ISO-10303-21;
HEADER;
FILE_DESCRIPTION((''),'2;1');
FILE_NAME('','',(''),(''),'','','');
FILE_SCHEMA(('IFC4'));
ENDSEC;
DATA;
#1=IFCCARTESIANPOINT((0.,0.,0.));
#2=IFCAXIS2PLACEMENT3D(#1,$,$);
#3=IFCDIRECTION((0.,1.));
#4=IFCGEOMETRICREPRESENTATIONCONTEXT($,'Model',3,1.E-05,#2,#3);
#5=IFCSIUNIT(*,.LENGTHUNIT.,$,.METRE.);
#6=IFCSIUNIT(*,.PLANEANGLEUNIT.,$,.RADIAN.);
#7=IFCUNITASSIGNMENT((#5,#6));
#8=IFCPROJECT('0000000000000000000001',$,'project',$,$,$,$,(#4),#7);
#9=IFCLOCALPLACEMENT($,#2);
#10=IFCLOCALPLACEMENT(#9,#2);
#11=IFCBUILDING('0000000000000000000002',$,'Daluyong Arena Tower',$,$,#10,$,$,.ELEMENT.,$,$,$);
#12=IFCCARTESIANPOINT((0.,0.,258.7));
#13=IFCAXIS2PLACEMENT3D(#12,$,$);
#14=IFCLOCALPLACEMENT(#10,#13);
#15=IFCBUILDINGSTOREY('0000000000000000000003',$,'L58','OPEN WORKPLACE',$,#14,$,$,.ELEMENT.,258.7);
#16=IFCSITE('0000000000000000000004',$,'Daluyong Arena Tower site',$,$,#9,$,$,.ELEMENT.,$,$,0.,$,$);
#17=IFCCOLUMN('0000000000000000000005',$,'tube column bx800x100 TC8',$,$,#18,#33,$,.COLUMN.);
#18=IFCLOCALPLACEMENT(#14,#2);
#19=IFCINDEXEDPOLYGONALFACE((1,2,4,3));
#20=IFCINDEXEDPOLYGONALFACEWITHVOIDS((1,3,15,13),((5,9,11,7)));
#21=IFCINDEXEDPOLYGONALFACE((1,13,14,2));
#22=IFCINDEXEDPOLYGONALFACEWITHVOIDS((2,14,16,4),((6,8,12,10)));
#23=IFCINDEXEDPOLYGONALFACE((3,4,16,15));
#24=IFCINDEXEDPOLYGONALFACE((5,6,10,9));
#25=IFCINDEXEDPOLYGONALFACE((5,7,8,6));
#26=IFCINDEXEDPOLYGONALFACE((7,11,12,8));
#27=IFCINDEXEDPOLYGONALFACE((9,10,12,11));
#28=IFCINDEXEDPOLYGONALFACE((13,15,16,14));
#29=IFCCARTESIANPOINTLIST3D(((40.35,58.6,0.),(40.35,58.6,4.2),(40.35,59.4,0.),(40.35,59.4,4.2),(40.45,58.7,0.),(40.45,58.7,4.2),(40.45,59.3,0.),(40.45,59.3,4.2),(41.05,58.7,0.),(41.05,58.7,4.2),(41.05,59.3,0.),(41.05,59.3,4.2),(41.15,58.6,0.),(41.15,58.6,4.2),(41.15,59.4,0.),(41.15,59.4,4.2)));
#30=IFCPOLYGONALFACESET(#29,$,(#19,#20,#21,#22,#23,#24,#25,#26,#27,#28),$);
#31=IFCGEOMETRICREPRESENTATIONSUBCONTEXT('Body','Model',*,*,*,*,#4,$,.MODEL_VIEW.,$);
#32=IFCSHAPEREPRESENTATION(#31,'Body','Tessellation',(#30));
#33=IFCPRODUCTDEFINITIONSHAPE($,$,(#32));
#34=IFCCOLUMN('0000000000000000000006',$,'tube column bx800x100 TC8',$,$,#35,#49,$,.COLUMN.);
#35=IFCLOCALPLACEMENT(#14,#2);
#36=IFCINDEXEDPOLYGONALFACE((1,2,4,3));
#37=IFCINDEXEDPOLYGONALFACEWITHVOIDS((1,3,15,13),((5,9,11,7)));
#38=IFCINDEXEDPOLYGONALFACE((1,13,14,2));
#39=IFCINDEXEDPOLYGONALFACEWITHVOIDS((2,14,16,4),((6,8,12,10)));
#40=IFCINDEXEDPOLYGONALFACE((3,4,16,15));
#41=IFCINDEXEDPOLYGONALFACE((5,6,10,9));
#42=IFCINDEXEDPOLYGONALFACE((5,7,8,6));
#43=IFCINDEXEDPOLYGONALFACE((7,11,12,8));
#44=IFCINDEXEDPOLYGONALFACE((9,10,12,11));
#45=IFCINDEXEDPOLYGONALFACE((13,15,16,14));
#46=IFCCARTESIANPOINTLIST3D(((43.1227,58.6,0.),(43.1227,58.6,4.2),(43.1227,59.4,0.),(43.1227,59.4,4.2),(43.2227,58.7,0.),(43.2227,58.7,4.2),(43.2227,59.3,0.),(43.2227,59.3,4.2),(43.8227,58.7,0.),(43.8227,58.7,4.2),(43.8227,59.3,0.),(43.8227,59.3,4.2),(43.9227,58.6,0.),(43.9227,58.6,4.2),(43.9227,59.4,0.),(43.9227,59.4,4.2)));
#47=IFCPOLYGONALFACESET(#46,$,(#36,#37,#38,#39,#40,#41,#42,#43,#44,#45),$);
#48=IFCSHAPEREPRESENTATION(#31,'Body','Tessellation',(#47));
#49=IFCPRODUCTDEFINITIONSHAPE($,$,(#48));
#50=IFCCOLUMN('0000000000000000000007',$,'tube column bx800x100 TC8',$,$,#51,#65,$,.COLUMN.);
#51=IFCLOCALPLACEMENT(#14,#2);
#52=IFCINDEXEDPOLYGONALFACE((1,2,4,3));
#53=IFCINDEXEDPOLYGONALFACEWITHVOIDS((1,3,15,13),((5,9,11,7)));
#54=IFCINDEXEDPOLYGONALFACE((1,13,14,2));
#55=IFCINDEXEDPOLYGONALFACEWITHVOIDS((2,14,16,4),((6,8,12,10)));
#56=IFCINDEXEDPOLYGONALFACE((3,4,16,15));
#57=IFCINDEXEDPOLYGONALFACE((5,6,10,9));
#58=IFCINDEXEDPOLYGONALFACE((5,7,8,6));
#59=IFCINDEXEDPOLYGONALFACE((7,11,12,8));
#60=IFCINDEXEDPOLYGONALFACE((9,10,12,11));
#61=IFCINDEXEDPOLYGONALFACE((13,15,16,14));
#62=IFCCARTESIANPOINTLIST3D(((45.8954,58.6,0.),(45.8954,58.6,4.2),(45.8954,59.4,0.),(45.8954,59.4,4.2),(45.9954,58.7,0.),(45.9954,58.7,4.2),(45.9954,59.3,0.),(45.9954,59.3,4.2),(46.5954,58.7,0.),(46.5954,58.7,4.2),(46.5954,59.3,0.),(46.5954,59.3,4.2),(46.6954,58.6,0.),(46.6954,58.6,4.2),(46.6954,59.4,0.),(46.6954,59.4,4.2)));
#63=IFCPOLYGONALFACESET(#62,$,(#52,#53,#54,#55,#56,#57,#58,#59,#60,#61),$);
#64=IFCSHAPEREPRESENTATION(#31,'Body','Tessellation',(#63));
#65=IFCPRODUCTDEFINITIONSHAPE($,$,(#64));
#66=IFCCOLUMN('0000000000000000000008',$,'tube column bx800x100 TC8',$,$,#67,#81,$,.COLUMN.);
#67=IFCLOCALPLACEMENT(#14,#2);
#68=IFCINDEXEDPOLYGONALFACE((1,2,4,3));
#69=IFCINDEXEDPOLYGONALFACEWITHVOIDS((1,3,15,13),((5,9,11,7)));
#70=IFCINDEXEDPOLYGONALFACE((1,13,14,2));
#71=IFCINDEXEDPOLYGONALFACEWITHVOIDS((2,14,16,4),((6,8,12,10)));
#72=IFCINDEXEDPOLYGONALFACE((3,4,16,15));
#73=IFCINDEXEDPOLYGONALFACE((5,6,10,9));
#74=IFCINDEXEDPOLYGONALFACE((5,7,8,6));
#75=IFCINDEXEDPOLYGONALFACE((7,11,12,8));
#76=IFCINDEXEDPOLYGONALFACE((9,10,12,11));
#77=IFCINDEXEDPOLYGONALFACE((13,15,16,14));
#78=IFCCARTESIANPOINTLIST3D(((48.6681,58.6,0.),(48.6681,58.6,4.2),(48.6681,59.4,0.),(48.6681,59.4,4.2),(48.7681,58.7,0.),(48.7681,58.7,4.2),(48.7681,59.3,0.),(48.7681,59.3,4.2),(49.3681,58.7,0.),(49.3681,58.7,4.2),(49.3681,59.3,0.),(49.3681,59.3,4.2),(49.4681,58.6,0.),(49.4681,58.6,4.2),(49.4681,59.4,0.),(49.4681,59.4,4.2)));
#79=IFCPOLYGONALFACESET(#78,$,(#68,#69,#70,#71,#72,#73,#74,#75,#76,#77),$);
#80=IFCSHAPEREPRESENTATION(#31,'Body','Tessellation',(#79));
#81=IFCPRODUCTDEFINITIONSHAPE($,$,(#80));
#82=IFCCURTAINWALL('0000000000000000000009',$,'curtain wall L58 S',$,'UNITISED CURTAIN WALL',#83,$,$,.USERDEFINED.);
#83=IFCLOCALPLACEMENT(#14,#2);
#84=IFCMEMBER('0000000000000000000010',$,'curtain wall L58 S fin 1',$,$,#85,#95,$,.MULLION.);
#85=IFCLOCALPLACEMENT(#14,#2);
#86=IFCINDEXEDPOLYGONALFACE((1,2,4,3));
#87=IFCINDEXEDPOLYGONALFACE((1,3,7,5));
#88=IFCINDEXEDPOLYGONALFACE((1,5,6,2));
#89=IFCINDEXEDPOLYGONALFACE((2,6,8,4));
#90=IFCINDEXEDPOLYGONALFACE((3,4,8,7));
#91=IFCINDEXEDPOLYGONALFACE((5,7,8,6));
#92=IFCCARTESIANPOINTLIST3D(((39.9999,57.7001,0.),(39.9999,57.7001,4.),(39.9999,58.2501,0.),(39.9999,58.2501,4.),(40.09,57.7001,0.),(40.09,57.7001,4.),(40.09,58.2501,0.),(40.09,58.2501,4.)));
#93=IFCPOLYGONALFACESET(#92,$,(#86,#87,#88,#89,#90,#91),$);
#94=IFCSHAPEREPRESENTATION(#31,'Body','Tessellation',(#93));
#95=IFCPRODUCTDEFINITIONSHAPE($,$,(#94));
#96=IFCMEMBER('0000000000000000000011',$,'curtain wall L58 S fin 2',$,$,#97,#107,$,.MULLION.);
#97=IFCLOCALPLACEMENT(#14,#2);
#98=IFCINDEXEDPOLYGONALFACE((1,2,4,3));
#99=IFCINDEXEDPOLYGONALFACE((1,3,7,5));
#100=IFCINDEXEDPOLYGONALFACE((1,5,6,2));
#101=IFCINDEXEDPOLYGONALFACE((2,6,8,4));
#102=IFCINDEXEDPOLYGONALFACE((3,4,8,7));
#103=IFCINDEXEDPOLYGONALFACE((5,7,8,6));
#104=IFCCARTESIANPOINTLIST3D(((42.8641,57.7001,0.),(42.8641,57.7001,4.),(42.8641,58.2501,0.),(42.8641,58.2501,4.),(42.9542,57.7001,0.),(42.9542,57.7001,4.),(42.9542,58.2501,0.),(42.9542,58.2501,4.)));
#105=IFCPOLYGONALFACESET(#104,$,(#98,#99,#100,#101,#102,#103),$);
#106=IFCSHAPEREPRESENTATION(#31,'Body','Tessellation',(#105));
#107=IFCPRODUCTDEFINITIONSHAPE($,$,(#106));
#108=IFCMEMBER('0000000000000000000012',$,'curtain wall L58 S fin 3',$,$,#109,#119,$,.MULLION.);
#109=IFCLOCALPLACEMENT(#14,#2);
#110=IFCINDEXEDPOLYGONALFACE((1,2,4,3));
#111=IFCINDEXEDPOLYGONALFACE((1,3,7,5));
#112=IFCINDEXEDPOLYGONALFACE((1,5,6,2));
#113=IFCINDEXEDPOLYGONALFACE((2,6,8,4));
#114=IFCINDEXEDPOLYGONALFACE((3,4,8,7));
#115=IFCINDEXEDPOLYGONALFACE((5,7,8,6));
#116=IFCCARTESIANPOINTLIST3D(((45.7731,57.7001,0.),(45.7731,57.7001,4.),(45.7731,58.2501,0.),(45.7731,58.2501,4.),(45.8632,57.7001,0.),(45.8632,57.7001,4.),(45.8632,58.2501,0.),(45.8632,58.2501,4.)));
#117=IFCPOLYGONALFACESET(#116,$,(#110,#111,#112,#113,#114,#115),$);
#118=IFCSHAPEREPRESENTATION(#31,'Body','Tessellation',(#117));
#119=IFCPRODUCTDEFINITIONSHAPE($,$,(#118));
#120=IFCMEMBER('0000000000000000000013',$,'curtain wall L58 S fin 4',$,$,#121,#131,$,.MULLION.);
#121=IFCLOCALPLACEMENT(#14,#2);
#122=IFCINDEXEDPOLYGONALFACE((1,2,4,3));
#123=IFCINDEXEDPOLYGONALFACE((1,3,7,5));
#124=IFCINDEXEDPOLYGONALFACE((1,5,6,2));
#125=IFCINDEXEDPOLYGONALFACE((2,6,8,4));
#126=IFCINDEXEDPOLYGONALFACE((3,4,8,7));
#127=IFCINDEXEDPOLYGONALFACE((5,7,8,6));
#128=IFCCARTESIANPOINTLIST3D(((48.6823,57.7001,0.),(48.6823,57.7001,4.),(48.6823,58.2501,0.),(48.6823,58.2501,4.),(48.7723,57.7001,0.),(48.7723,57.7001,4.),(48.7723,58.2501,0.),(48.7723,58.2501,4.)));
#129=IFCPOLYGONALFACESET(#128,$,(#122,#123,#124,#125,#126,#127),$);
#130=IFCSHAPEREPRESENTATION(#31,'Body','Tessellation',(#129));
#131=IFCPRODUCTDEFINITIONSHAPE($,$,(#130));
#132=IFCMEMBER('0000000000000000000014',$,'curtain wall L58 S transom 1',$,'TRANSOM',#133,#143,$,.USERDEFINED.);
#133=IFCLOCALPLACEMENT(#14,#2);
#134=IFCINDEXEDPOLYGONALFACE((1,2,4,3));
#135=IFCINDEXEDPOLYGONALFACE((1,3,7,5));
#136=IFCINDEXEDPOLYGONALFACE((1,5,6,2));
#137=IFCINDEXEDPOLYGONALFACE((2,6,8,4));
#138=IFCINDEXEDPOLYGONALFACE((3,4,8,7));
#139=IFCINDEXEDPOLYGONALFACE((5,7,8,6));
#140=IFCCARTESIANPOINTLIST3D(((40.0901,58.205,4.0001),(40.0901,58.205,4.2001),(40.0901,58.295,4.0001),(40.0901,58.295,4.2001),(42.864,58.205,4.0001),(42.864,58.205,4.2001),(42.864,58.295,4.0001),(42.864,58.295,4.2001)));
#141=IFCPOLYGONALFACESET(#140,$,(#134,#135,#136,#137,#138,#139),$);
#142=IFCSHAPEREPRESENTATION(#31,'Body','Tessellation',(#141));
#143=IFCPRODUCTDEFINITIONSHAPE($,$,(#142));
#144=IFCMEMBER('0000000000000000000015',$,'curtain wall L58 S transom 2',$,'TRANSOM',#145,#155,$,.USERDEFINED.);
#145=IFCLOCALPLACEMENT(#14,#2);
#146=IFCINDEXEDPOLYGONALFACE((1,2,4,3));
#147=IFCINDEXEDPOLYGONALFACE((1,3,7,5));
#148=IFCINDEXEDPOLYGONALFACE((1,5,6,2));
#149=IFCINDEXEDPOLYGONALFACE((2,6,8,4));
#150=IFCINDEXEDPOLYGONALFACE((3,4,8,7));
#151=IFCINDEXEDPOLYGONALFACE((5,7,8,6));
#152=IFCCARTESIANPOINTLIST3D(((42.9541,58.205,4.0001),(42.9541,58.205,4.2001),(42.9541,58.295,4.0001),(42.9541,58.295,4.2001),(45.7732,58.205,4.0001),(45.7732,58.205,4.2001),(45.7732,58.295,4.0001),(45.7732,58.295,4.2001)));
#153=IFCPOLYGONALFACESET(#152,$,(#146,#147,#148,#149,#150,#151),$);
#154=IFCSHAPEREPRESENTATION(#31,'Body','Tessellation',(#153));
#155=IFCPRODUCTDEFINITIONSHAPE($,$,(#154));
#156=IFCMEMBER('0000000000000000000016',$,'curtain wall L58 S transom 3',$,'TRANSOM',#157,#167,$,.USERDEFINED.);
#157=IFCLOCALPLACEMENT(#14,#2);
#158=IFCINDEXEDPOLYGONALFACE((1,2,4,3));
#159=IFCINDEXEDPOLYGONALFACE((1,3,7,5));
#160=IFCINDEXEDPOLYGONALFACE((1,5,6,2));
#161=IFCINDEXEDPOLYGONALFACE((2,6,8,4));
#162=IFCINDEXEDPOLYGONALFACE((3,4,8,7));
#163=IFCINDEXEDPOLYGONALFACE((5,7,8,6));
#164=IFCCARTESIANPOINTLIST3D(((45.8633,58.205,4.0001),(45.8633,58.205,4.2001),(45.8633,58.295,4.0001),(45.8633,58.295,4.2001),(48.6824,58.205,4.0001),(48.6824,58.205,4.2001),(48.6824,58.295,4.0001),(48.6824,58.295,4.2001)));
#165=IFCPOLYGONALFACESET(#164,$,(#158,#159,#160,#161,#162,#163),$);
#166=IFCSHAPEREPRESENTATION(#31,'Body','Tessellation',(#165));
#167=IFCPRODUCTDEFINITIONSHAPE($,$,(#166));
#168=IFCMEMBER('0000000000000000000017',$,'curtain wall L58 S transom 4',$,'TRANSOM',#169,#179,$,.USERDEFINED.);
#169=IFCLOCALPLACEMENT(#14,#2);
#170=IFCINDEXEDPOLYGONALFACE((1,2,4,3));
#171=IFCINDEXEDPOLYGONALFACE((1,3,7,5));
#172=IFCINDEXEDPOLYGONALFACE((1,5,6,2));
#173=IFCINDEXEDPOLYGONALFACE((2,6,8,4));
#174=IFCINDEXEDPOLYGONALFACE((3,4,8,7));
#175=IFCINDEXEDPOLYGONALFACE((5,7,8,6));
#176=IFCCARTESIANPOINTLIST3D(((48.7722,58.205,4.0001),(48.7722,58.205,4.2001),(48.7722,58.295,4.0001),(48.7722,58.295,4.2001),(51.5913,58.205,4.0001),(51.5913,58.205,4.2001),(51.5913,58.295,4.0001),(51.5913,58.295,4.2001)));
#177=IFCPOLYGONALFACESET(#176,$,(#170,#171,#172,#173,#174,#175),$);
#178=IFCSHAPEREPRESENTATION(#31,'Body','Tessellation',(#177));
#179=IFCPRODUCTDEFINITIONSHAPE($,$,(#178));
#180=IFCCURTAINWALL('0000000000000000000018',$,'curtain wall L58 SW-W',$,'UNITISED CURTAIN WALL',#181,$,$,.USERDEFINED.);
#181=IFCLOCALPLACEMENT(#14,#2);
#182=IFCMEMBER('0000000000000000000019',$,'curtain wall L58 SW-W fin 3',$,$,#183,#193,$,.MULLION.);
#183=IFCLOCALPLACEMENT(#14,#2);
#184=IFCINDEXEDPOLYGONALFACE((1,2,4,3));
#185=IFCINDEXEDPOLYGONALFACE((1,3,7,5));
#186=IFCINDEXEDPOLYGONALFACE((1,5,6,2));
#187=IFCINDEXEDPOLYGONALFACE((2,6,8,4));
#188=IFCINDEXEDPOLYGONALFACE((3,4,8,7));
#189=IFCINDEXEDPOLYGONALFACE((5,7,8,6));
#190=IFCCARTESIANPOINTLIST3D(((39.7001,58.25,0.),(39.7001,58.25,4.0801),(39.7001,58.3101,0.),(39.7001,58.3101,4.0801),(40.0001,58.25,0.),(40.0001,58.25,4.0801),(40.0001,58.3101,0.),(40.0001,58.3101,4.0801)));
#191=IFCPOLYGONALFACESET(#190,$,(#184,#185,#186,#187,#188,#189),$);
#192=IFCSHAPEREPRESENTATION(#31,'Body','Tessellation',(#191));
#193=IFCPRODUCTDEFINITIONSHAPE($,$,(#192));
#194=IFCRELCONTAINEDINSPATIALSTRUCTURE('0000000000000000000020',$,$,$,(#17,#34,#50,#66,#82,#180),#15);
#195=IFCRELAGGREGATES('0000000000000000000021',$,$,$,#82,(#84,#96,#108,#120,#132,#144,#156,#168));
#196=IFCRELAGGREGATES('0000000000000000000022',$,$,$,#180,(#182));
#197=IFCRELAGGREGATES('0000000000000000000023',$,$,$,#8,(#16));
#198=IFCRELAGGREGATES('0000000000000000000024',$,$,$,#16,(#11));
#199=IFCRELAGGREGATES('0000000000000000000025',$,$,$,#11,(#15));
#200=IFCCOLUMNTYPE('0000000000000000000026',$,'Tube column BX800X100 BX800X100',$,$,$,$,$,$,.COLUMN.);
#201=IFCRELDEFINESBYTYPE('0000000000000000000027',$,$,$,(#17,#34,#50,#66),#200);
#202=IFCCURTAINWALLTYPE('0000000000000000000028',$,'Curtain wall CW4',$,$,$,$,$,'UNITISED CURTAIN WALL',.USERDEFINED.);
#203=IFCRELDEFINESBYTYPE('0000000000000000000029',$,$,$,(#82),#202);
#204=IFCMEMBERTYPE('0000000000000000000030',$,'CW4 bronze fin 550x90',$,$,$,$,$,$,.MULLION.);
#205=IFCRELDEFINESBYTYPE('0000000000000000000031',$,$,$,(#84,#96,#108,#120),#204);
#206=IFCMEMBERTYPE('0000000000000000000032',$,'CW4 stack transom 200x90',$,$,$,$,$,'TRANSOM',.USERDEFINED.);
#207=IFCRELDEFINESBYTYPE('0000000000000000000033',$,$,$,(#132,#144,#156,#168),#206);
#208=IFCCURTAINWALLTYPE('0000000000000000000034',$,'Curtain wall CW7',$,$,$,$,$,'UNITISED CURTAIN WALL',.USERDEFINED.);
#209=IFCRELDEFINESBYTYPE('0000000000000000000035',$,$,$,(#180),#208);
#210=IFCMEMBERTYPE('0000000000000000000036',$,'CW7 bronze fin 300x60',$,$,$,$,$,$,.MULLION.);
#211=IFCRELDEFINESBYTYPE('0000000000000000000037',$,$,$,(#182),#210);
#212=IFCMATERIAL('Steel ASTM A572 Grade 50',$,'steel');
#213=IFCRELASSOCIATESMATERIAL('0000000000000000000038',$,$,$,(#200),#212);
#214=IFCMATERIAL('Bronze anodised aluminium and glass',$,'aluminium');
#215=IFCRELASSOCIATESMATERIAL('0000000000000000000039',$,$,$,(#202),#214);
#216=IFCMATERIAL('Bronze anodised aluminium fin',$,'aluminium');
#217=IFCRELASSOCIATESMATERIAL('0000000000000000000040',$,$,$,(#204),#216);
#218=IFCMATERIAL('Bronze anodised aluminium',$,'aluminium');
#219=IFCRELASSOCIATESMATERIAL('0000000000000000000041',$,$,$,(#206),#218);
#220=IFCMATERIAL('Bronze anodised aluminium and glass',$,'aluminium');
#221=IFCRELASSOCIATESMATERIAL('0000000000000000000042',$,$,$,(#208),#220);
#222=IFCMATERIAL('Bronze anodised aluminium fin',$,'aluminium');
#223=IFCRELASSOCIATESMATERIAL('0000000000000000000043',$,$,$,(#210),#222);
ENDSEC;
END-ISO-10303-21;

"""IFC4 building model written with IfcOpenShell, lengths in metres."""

from ifc_helpers import new_model, si_unit, direction, frame, origin, origin_2d, place, context, subcontext, project, spatial, rectangle, hollow_rectangle, extrude, material, material_profile, profile_set, type_object, element, aggregate, save


model = new_model("IFC4")

# Units and contexts
model_context = context("Model", 3, precision=1e-05, world=origin(), true_north=direction((0.0, 1.0)))
body_context = subcontext(model_context, "Body", "Model", "MODEL_VIEW")
ifc_project = project(units=[si_unit("LENGTHUNIT", "METRE"), si_unit("PLANEANGLEUNIT", "RADIAN")], contexts=[model_context])

# Site, building, storey
site_placement = place(None, origin())
site = spatial("IfcSite", under=ifc_project, at=site_placement, Name="Daluyong Arena Tower site", CompositionType="ELEMENT", RefElevation=0.0)
building_placement = place(site_placement, origin())
building = spatial("IfcBuilding", under=site, at=building_placement, Name="Daluyong Arena Tower", CompositionType="ELEMENT")
storey_placement = place(building_placement, frame((0.0, 0.0, 258.7)))
storey = spatial("IfcBuildingStorey", under=building, at=storey_placement, Name="L58", Description="OPEN WORKPLACE", CompositionType="ELEMENT", Elevation=258.7)

# Columns
ifc_material_1 = material(Name="Steel ASTM A572 Grade 50", Category="steel")
ifc_material_profile_1 = material_profile(ifc_material_1, hollow_rectangle(XDim=0.8, YDim=0.8, WallThickness=0.1, at=origin_2d()))
ifc_profile_set_1 = profile_set([ifc_material_profile_1], Name="Steel ASTM A572 Grade 50")
column_type = type_object("IfcColumnType", Name="Tube column BX800X100 BX800X100", PredefinedType="COLUMN", material=ifc_profile_set_1)
for number, where, z_axis, x_axis, name in (
    (1, (40.75, 59.0, 0.0), (0.0, 0.0, 1.0), (1.0, 0.0, 0.0), "tube column bx800x100 TC8"),
    (2, (43.5227, 59.0, 0.0), (0.0, 0.0, 1.0), (1.0, 0.0, 0.0), "tube column bx800x100 TC8"),
    (3, (46.2954, 59.0, 0.0), (0.0, 0.0, 1.0), (1.0, 0.0, 0.0), "tube column bx800x100 TC8"),
    (4, (49.0681, 59.0, 0.0), (0.0, 0.0, 1.0), (1.0, 0.0, 0.0), "tube column bx800x100 TC8"),
):
    element("IfcColumn", number, at=place(storey_placement, frame(where, z_axis=z_axis, x_axis=x_axis)), inside=storey, type_object=column_type, Name=name, PredefinedType="COLUMN", context=body_context, shape_type="SweptSolid", body=[
        extrude(hollow_rectangle(XDim=0.8, YDim=0.8, WallThickness=0.1, at=origin_2d()), origin(), (0.0, 0.0, 1.0), 4.2),
    ])

# Curtain walls, members
ifc_material_2 = material(Name="Bronze anodised aluminium and glass", Category="aluminium")
curtain_wall_type_1 = type_object("IfcCurtainWallType", Name="Curtain wall CW4", ElementType="UNITISED CURTAIN WALL", PredefinedType="USERDEFINED", material=ifc_material_2)
curtain_wall_1_placement = place(storey_placement, origin())
curtain_wall_1 = element("IfcCurtainWall", 5, at=curtain_wall_1_placement, inside=storey, type_object=curtain_wall_type_1, Name="curtain wall L58 S", ObjectType="UNITISED CURTAIN WALL", PredefinedType="USERDEFINED")
ifc_material_3 = material(Name="Bronze anodised aluminium fin", Category="aluminium")
ifc_material_profile_2 = material_profile(ifc_material_3, rectangle(XDim=0.55, YDim=0.0901, at=origin_2d()))
ifc_profile_set_2 = profile_set([ifc_material_profile_2], Name="Bronze anodised aluminium fin")
member_type_1 = type_object("IfcMemberType", Name="CW4 bronze fin 550x90", PredefinedType="MULLION", material=ifc_profile_set_2)
member_1_placement = place(storey_placement, frame((40.0449, 57.9751, 0.0), z_axis=(0.0, 0.0, 1.0), x_axis=(0.0, 1.0, 0.0)))
member_1 = element("IfcMember", 6, at=member_1_placement, type_object=member_type_1, Name="curtain wall L58 S fin 1", PredefinedType="MULLION", context=body_context, shape_type="SweptSolid", body=[
    extrude(rectangle(XDim=0.55, YDim=0.0901, at=origin_2d()), origin(), (0.0, 0.0, 1.0), 4.0),
])
member_2_placement = place(storey_placement, frame((42.9092, 57.9751, 0.0), z_axis=(0.0, 0.0, 1.0), x_axis=(0.0, 1.0, 0.0)))
member_2 = element("IfcMember", 7, at=member_2_placement, type_object=member_type_1, Name="curtain wall L58 S fin 2", PredefinedType="MULLION", context=body_context, shape_type="SweptSolid", body=[
    extrude(rectangle(XDim=0.55, YDim=0.0901, at=origin_2d()), origin(), (0.0, 0.0, 1.0), 4.0),
])
member_3_placement = place(storey_placement, frame((45.8181, 57.9751, 0.0), z_axis=(0.0, 0.0, 1.0), x_axis=(0.0, 1.0, 0.0)))
member_3 = element("IfcMember", 8, at=member_3_placement, type_object=member_type_1, Name="curtain wall L58 S fin 3", PredefinedType="MULLION", context=body_context, shape_type="SweptSolid", body=[
    extrude(rectangle(XDim=0.55, YDim=0.0901, at=origin_2d()), origin(), (0.0, 0.0, 1.0), 4.0),
])
member_4_placement = place(storey_placement, frame((48.7273, 57.9751, 0.0), z_axis=(0.0, 0.0, 1.0), x_axis=(0.0, 1.0, 0.0)))
member_4 = element("IfcMember", 9, at=member_4_placement, type_object=member_type_1, Name="curtain wall L58 S fin 4", PredefinedType="MULLION", context=body_context, shape_type="SweptSolid", body=[
    extrude(rectangle(XDim=0.55, YDim=0.0901, at=origin_2d()), origin(), (0.0, 0.0, 1.0), 4.0),
])
ifc_material_4 = material(Name="Bronze anodised aluminium", Category="aluminium")
ifc_material_profile_3 = material_profile(ifc_material_4, rectangle(XDim=0.0901, YDim=0.2, at=origin_2d()))
ifc_profile_set_3 = profile_set([ifc_material_profile_3], Name="Bronze anodised aluminium")
member_type_2 = type_object("IfcMemberType", Name="CW4 stack transom 200x90", ElementType="TRANSOM", PredefinedType="USERDEFINED", material=ifc_profile_set_3)
member_5_placement = place(storey_placement, frame((40.0901, 58.25, 4.1001), z_axis=(1.0, 0.0, 0.0), x_axis=(0.0, 1.0, 0.0)))
member_5 = element("IfcMember", 10, at=member_5_placement, type_object=member_type_2, Name="curtain wall L58 S transom 1", ObjectType="TRANSOM", PredefinedType="USERDEFINED", context=body_context, shape_type="SweptSolid", body=[
    extrude(rectangle(XDim=0.0901, YDim=0.2, at=origin_2d()), origin(), (0.0, 0.0, 1.0), 2.7739),
])
member_6_placement = place(storey_placement, frame((42.9541, 58.25, 4.1001), z_axis=(1.0, 0.0, 0.0), x_axis=(0.0, 1.0, 0.0)))
member_6 = element("IfcMember", 11, at=member_6_placement, type_object=member_type_2, Name="curtain wall L58 S transom 2", ObjectType="TRANSOM", PredefinedType="USERDEFINED", context=body_context, shape_type="SweptSolid", body=[
    extrude(rectangle(XDim=0.0901, YDim=0.2, at=origin_2d()), origin(), (0.0, 0.0, 1.0), 2.8191),
])
member_7_placement = place(storey_placement, frame((45.8633, 58.25, 4.1001), z_axis=(1.0, 0.0, 0.0), x_axis=(0.0, 1.0, 0.0)))
member_7 = element("IfcMember", 12, at=member_7_placement, type_object=member_type_2, Name="curtain wall L58 S transom 3", ObjectType="TRANSOM", PredefinedType="USERDEFINED", context=body_context, shape_type="SweptSolid", body=[
    extrude(rectangle(XDim=0.0901, YDim=0.2, at=origin_2d()), origin(), (0.0, 0.0, 1.0), 2.8191),
])
member_8_placement = place(storey_placement, frame((48.7722, 58.25, 4.1001), z_axis=(1.0, 0.0, 0.0), x_axis=(0.0, 1.0, 0.0)))
member_8 = element("IfcMember", 13, at=member_8_placement, type_object=member_type_2, Name="curtain wall L58 S transom 4", ObjectType="TRANSOM", PredefinedType="USERDEFINED", context=body_context, shape_type="SweptSolid", body=[
    extrude(rectangle(XDim=0.0901, YDim=0.2, at=origin_2d()), origin(), (0.0, 0.0, 1.0), 2.8191),
])
ifc_material_5 = material(Name="Bronze anodised aluminium and glass", Category="aluminium")
curtain_wall_type_2 = type_object("IfcCurtainWallType", Name="Curtain wall CW7", ElementType="UNITISED CURTAIN WALL", PredefinedType="USERDEFINED", material=ifc_material_5)
curtain_wall_2_placement = place(storey_placement, origin())
curtain_wall_2 = element("IfcCurtainWall", 14, at=curtain_wall_2_placement, inside=storey, type_object=curtain_wall_type_2, Name="curtain wall L58 SW-W", ObjectType="UNITISED CURTAIN WALL", PredefinedType="USERDEFINED")
ifc_material_6 = material(Name="Bronze anodised aluminium fin", Category="aluminium")
ifc_material_profile_4 = material_profile(ifc_material_6, rectangle(XDim=0.3, YDim=0.0601, at=origin_2d()))
ifc_profile_set_4 = profile_set([ifc_material_profile_4], Name="Bronze anodised aluminium fin")
member_type_3 = type_object("IfcMemberType", Name="CW7 bronze fin 300x60", PredefinedType="MULLION", material=ifc_profile_set_4)
member_9_placement = place(storey_placement, frame((39.8501, 58.28, 0.0), z_axis=(0.0, 0.0, 1.0), x_axis=(1.0, 0.0, 0.0)))
member_9 = element("IfcMember", 15, at=member_9_placement, type_object=member_type_3, Name="curtain wall L58 SW-W fin 3", PredefinedType="MULLION", context=body_context, shape_type="SweptSolid", body=[
    extrude(rectangle(XDim=0.3, YDim=0.0601, at=origin_2d()), origin(), (0.0, 0.0, 1.0), 4.0801),
])

aggregate(curtain_wall_1, [member_1, member_2, member_3, member_4, member_5, member_6, member_7, member_8])
aggregate(curtain_wall_2, [member_9])

save(model, "model.ifc")
